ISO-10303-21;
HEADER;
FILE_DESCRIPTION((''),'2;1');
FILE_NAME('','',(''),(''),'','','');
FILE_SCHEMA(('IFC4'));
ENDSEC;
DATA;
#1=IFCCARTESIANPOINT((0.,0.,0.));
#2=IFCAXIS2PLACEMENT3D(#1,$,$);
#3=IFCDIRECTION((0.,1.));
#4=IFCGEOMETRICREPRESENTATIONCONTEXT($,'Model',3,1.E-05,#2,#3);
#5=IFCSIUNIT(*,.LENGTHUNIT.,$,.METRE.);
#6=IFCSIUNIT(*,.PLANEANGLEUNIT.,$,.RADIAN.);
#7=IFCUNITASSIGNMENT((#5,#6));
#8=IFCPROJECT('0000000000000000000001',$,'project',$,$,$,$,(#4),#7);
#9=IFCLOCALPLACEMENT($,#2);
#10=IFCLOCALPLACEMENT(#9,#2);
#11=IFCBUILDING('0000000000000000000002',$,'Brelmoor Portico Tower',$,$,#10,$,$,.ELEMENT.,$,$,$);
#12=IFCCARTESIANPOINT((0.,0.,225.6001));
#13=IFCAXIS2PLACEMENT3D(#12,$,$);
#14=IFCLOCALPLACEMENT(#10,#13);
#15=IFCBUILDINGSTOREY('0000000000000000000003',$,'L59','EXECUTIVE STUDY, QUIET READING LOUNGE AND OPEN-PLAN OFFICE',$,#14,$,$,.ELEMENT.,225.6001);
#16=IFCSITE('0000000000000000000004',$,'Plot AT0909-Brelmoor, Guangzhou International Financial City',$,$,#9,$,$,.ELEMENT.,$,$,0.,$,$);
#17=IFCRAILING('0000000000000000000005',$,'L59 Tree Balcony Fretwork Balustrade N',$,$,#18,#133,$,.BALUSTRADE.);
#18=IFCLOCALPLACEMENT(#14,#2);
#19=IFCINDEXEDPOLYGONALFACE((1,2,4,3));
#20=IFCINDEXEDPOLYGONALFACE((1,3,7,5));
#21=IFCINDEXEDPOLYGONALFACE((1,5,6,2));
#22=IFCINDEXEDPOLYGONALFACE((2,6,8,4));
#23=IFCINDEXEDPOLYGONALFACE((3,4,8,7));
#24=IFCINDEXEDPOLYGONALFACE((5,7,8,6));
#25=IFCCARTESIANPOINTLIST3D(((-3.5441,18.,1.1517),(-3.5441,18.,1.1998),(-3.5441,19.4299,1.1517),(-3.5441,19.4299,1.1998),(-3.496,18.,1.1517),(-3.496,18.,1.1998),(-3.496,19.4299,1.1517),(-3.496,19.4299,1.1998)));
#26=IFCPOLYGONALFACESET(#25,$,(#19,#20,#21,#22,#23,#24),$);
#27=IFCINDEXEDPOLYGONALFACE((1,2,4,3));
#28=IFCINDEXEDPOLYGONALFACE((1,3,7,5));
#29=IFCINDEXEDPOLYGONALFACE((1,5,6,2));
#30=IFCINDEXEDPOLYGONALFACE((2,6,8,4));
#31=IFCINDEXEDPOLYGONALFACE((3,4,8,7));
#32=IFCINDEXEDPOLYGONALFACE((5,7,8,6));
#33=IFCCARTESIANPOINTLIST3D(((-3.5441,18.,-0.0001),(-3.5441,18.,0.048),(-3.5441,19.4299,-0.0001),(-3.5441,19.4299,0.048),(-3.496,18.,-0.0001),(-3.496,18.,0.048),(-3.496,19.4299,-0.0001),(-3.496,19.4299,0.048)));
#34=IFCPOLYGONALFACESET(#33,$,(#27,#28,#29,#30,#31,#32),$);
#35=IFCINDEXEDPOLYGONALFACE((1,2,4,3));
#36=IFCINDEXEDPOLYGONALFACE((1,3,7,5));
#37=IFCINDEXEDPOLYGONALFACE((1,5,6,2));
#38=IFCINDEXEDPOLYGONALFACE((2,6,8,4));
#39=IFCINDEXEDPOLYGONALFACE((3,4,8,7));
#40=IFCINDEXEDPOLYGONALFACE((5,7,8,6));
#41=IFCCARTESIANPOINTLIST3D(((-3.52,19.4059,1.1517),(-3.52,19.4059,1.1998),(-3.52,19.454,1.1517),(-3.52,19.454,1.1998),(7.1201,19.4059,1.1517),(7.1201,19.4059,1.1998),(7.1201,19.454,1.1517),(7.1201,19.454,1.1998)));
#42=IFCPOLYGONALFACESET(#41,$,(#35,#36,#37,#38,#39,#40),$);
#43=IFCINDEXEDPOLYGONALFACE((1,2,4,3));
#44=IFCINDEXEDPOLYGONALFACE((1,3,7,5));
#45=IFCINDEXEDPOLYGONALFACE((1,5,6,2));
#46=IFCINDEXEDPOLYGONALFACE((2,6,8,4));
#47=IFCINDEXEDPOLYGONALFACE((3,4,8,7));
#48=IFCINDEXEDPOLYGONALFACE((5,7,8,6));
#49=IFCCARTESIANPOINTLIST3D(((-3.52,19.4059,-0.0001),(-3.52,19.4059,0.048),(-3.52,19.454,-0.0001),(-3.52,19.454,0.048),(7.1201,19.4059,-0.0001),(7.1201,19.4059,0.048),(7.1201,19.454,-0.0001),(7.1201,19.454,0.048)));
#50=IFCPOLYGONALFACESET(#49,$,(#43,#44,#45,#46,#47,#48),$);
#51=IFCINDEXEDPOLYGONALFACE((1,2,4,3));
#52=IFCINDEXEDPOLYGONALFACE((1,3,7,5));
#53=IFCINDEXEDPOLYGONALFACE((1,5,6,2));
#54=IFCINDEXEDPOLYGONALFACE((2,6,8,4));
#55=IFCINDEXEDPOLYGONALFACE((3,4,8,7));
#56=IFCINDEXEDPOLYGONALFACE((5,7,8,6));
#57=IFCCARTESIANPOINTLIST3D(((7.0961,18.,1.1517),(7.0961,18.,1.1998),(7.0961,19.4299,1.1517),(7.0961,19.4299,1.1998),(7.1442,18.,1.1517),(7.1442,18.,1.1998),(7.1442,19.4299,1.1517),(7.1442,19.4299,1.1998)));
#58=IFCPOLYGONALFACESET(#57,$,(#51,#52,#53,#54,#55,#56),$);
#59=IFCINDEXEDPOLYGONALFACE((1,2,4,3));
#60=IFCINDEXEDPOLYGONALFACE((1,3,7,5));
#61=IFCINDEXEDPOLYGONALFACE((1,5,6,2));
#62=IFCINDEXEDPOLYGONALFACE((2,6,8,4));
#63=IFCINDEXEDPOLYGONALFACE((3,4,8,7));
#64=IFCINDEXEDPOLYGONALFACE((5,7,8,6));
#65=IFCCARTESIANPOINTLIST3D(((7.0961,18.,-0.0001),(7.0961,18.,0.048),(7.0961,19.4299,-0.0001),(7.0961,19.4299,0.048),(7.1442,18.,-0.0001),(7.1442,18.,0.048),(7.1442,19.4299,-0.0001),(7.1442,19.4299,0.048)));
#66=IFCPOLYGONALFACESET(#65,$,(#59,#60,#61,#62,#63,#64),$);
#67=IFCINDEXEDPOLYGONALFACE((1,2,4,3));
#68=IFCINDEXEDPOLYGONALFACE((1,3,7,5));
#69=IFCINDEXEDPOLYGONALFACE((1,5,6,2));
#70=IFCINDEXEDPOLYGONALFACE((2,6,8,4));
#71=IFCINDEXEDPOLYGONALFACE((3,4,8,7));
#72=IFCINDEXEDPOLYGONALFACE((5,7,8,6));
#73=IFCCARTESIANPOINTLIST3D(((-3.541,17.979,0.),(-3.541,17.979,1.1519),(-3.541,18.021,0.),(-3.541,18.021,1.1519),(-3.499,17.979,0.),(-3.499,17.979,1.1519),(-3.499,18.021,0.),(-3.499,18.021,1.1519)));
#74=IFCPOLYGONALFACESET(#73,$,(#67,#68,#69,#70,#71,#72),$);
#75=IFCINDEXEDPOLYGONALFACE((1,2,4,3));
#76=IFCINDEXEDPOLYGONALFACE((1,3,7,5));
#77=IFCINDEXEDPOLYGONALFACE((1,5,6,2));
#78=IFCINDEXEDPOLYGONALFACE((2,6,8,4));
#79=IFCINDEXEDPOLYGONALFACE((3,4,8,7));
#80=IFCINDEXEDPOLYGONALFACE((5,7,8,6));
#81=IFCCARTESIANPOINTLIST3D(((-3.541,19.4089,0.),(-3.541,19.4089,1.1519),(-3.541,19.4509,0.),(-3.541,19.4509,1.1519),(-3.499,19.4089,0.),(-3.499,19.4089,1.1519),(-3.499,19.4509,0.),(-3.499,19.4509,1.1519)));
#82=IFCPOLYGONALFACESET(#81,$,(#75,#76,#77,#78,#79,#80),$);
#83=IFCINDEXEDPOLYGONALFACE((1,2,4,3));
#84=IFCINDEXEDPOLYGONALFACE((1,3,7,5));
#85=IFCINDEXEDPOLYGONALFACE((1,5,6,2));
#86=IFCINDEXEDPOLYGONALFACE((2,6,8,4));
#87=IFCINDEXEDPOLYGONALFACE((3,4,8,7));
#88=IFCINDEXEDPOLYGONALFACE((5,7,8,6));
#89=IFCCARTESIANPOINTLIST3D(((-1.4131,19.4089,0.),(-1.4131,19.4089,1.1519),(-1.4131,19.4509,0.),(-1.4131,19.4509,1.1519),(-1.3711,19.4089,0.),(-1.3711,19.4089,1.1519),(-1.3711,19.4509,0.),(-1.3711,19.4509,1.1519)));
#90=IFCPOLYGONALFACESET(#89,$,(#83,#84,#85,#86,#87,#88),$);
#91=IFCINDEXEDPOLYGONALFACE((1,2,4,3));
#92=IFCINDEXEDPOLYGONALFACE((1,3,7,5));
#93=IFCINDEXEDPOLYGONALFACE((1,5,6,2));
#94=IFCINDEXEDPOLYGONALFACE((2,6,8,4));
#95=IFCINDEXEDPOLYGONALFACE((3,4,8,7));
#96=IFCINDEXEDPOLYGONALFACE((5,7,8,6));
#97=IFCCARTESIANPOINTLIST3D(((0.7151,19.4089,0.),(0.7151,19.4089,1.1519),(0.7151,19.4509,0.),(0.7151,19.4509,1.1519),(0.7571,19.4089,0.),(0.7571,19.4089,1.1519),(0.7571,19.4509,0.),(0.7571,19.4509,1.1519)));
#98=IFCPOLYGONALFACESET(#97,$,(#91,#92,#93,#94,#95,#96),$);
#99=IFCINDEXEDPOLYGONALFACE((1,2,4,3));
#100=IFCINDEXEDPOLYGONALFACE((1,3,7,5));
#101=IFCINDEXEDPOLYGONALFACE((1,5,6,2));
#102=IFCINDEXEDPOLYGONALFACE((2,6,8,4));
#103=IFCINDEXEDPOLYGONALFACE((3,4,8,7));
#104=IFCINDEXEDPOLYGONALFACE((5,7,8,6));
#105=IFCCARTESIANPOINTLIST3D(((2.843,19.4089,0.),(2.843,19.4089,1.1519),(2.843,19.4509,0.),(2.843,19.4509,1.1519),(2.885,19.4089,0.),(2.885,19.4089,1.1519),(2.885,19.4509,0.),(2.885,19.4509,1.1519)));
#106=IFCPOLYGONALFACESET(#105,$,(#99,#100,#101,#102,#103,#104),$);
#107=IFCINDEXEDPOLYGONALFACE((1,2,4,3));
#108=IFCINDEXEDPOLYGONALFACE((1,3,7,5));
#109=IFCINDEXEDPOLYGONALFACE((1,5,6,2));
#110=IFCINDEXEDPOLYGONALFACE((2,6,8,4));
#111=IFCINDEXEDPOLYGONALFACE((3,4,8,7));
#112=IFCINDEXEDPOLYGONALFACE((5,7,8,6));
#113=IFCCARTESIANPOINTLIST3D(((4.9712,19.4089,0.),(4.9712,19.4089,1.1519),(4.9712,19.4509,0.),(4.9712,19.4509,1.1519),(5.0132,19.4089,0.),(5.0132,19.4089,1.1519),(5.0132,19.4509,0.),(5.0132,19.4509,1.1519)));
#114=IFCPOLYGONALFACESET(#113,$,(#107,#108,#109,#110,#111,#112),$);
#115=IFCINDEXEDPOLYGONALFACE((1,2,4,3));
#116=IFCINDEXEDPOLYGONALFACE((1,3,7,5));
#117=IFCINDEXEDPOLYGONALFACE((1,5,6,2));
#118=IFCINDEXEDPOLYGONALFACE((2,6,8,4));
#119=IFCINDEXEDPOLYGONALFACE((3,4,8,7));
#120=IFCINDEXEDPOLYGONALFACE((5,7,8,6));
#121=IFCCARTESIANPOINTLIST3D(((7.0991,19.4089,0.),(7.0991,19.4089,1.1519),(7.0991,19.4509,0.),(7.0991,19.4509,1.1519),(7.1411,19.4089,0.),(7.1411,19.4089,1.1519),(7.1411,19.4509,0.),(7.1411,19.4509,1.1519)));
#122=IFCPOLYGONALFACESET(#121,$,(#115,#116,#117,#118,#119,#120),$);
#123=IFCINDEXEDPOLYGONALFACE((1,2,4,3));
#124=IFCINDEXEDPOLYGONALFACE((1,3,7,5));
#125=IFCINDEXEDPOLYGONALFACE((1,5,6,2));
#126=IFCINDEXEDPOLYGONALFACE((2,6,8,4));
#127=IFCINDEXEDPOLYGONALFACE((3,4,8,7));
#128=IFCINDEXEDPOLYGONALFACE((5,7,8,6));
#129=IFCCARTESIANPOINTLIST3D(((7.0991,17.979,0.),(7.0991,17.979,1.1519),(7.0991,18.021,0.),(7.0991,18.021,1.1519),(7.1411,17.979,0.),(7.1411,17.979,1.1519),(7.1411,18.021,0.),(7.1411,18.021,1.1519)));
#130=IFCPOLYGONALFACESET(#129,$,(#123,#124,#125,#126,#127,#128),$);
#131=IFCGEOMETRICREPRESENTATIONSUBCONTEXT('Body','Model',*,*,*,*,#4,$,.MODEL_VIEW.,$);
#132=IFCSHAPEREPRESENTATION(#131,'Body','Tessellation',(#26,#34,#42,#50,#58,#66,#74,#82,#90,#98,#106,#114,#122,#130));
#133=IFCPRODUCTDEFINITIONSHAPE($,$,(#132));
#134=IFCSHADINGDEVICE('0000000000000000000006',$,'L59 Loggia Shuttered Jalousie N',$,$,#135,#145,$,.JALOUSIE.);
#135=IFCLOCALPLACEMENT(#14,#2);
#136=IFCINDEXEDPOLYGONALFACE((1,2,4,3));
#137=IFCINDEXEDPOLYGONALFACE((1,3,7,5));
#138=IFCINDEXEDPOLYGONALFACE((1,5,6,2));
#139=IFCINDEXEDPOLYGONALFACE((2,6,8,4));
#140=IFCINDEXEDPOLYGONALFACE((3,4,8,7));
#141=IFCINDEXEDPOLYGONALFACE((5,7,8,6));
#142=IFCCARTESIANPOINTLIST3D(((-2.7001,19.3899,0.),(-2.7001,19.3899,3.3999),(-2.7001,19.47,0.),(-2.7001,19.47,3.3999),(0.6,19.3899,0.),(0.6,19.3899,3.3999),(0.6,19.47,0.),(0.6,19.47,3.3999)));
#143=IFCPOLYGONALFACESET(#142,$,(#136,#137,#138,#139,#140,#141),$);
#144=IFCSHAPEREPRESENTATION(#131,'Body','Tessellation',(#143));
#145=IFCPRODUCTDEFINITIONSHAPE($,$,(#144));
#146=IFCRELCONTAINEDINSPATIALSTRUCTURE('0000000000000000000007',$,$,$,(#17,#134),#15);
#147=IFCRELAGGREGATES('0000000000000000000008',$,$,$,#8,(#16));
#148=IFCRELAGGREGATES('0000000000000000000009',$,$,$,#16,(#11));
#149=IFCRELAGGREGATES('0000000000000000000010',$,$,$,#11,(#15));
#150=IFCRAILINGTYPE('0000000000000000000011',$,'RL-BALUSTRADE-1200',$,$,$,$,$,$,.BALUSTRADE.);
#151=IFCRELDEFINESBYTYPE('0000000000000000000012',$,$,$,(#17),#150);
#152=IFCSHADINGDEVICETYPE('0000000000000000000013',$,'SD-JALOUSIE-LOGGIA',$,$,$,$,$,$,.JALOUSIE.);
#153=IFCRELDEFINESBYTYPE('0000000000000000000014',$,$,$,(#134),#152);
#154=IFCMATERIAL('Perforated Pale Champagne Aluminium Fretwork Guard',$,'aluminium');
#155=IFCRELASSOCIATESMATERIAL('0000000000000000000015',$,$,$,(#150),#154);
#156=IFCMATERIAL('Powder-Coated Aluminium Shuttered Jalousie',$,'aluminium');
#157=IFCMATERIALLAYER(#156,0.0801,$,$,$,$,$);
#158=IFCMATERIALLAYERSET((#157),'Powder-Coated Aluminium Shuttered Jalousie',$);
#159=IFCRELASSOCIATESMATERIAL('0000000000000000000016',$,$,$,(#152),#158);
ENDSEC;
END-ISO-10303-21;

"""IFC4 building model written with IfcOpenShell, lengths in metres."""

from ifc_helpers import new_model, si_unit, direction, frame, origin, origin_2d, place, context, subcontext, project, spatial, rectangle, extrude, material, layer, layer_set, type_object, element, save


model = new_model("IFC4")

# Units and contexts
model_context = context("Model", 3, precision=1e-05, world=origin(), true_north=direction((0.0, 1.0)))
body_context = subcontext(model_context, "Body", "Model", "MODEL_VIEW")
ifc_project = project(units=[si_unit("LENGTHUNIT", "METRE"), si_unit("PLANEANGLEUNIT", "RADIAN")], contexts=[model_context])

# Site, building, storey
site_placement = place(None, origin())
site = spatial("IfcSite", under=ifc_project, at=site_placement, Name="Plot AT0909-Brelmoor, Guangzhou International Financial City", CompositionType="ELEMENT", RefElevation=0.0)
building_placement = place(site_placement, origin())
building = spatial("IfcBuilding", under=site, at=building_placement, Name="Brelmoor Portico Tower", CompositionType="ELEMENT")
storey_placement = place(building_placement, frame((0.0, 0.0, 225.6001)))
storey = spatial("IfcBuildingStorey", under=building, at=storey_placement, Name="L59", Description="EXECUTIVE STUDY, QUIET READING LOUNGE AND OPEN-PLAN OFFICE", CompositionType="ELEMENT", Elevation=225.6001)

# Railing
ifc_material_1 = material(Name="Perforated Pale Champagne Aluminium Fretwork Guard", Category="aluminium")
railing_type = type_object("IfcRailingType", Name="RL-BALUSTRADE-1200", PredefinedType="BALUSTRADE", material=ifc_material_1)
railing_placement = place(storey_placement, frame((-3.52, 18.0, 0.0)))
element("IfcRailing", 1, at=railing_placement, inside=storey, type_object=railing_type, Name="L59 Tree Balcony Fretwork Balustrade N", PredefinedType="BALUSTRADE", context=body_context, shape_type="SweptSolid", body=[
    extrude(rectangle(XDim=0.0481, YDim=0.0481, at=origin_2d()), frame((0.0, 0.0, 1.1758), z_axis=(0.0, 1.0, 0.0), x_axis=(-1.0, 0.0, 0.0)), (0.0, 0.0, 1.0), 1.4299),
    extrude(rectangle(XDim=0.0481, YDim=0.0481, at=origin_2d()), frame((0.0, 0.0, 0.0239), z_axis=(0.0, 1.0, 0.0), x_axis=(-1.0, 0.0, 0.0)), (0.0, 0.0, 1.0), 1.4299),
    extrude(rectangle(XDim=0.0481, YDim=0.0481, at=origin_2d()), frame((0.0, 1.4299, 1.1758), z_axis=(1.0, 0.0, 0.0), x_axis=(0.0, 1.0, 0.0)), (0.0, 0.0, 1.0), 10.6401),
    extrude(rectangle(XDim=0.0481, YDim=0.0481, at=origin_2d()), frame((0.0, 1.4299, 0.0239), z_axis=(1.0, 0.0, 0.0), x_axis=(0.0, 1.0, 0.0)), (0.0, 0.0, 1.0), 10.6401),
    extrude(rectangle(XDim=0.0481, YDim=0.0481, at=origin_2d()), frame((10.6401, 1.4299, 1.1758), z_axis=(0.0, -1.0, 0.0), x_axis=(1.0, 0.0, 0.0)), (0.0, 0.0, 1.0), 1.4299),
    extrude(rectangle(XDim=0.0481, YDim=0.0481, at=origin_2d()), frame((10.6401, 1.4299, 0.0239), z_axis=(0.0, -1.0, 0.0), x_axis=(1.0, 0.0, 0.0)), (0.0, 0.0, 1.0), 1.4299),
    extrude(rectangle(XDim=0.042, YDim=0.042, at=origin_2d()), origin(), (0.0, 0.0, 1.0), 1.1519),
    extrude(rectangle(XDim=0.042, YDim=0.042, at=origin_2d()), frame((0.0, 1.4299, 0.0)), (0.0, 0.0, 1.0), 1.1519),
    extrude(rectangle(XDim=0.042, YDim=0.042, at=origin_2d()), frame((2.1279, 1.4299, 0.0)), (0.0, 0.0, 1.0), 1.1519),
    extrude(rectangle(XDim=0.042, YDim=0.042, at=origin_2d()), frame((4.2561, 1.4299, 0.0)), (0.0, 0.0, 1.0), 1.1519),
    extrude(rectangle(XDim=0.042, YDim=0.042, at=origin_2d()), frame((6.384, 1.4299, 0.0)), (0.0, 0.0, 1.0), 1.1519),
    extrude(rectangle(XDim=0.042, YDim=0.042, at=origin_2d()), frame((8.5122, 1.4299, 0.0)), (0.0, 0.0, 1.0), 1.1519),
    extrude(rectangle(XDim=0.042, YDim=0.042, at=origin_2d()), frame((10.6401, 1.4299, 0.0)), (0.0, 0.0, 1.0), 1.1519),
    extrude(rectangle(XDim=0.042, YDim=0.042, at=origin_2d()), frame((10.6401, 0.0, 0.0)), (0.0, 0.0, 1.0), 1.1519),
])

# Shading device
ifc_material_2 = material(Name="Powder-Coated Aluminium Shuttered Jalousie", Category="aluminium")
ifc_layer_1 = layer(ifc_material_2, 0.0801)
ifc_layer_set_1 = layer_set([ifc_layer_1], Name="Powder-Coated Aluminium Shuttered Jalousie")
shading_device_type = type_object("IfcShadingDeviceType", Name="SD-JALOUSIE-LOGGIA", PredefinedType="JALOUSIE", material=ifc_layer_set_1)
shading_device_placement = place(storey_placement, frame((-1.05, 19.4299, 0.0), z_axis=(0.0, 0.0, 1.0), x_axis=(1.0, 0.0, 0.0)))
element("IfcShadingDevice", 2, at=shading_device_placement, inside=storey, type_object=shading_device_type, Name="L59 Loggia Shuttered Jalousie N", PredefinedType="JALOUSIE", context=body_context, shape_type="SweptSolid", body=[
    extrude(rectangle(XDim=3.3, YDim=0.0801, at=origin_2d()), origin(), (0.0, 0.0, 1.0), 3.3999),
])

save(model, "model.ifc")
